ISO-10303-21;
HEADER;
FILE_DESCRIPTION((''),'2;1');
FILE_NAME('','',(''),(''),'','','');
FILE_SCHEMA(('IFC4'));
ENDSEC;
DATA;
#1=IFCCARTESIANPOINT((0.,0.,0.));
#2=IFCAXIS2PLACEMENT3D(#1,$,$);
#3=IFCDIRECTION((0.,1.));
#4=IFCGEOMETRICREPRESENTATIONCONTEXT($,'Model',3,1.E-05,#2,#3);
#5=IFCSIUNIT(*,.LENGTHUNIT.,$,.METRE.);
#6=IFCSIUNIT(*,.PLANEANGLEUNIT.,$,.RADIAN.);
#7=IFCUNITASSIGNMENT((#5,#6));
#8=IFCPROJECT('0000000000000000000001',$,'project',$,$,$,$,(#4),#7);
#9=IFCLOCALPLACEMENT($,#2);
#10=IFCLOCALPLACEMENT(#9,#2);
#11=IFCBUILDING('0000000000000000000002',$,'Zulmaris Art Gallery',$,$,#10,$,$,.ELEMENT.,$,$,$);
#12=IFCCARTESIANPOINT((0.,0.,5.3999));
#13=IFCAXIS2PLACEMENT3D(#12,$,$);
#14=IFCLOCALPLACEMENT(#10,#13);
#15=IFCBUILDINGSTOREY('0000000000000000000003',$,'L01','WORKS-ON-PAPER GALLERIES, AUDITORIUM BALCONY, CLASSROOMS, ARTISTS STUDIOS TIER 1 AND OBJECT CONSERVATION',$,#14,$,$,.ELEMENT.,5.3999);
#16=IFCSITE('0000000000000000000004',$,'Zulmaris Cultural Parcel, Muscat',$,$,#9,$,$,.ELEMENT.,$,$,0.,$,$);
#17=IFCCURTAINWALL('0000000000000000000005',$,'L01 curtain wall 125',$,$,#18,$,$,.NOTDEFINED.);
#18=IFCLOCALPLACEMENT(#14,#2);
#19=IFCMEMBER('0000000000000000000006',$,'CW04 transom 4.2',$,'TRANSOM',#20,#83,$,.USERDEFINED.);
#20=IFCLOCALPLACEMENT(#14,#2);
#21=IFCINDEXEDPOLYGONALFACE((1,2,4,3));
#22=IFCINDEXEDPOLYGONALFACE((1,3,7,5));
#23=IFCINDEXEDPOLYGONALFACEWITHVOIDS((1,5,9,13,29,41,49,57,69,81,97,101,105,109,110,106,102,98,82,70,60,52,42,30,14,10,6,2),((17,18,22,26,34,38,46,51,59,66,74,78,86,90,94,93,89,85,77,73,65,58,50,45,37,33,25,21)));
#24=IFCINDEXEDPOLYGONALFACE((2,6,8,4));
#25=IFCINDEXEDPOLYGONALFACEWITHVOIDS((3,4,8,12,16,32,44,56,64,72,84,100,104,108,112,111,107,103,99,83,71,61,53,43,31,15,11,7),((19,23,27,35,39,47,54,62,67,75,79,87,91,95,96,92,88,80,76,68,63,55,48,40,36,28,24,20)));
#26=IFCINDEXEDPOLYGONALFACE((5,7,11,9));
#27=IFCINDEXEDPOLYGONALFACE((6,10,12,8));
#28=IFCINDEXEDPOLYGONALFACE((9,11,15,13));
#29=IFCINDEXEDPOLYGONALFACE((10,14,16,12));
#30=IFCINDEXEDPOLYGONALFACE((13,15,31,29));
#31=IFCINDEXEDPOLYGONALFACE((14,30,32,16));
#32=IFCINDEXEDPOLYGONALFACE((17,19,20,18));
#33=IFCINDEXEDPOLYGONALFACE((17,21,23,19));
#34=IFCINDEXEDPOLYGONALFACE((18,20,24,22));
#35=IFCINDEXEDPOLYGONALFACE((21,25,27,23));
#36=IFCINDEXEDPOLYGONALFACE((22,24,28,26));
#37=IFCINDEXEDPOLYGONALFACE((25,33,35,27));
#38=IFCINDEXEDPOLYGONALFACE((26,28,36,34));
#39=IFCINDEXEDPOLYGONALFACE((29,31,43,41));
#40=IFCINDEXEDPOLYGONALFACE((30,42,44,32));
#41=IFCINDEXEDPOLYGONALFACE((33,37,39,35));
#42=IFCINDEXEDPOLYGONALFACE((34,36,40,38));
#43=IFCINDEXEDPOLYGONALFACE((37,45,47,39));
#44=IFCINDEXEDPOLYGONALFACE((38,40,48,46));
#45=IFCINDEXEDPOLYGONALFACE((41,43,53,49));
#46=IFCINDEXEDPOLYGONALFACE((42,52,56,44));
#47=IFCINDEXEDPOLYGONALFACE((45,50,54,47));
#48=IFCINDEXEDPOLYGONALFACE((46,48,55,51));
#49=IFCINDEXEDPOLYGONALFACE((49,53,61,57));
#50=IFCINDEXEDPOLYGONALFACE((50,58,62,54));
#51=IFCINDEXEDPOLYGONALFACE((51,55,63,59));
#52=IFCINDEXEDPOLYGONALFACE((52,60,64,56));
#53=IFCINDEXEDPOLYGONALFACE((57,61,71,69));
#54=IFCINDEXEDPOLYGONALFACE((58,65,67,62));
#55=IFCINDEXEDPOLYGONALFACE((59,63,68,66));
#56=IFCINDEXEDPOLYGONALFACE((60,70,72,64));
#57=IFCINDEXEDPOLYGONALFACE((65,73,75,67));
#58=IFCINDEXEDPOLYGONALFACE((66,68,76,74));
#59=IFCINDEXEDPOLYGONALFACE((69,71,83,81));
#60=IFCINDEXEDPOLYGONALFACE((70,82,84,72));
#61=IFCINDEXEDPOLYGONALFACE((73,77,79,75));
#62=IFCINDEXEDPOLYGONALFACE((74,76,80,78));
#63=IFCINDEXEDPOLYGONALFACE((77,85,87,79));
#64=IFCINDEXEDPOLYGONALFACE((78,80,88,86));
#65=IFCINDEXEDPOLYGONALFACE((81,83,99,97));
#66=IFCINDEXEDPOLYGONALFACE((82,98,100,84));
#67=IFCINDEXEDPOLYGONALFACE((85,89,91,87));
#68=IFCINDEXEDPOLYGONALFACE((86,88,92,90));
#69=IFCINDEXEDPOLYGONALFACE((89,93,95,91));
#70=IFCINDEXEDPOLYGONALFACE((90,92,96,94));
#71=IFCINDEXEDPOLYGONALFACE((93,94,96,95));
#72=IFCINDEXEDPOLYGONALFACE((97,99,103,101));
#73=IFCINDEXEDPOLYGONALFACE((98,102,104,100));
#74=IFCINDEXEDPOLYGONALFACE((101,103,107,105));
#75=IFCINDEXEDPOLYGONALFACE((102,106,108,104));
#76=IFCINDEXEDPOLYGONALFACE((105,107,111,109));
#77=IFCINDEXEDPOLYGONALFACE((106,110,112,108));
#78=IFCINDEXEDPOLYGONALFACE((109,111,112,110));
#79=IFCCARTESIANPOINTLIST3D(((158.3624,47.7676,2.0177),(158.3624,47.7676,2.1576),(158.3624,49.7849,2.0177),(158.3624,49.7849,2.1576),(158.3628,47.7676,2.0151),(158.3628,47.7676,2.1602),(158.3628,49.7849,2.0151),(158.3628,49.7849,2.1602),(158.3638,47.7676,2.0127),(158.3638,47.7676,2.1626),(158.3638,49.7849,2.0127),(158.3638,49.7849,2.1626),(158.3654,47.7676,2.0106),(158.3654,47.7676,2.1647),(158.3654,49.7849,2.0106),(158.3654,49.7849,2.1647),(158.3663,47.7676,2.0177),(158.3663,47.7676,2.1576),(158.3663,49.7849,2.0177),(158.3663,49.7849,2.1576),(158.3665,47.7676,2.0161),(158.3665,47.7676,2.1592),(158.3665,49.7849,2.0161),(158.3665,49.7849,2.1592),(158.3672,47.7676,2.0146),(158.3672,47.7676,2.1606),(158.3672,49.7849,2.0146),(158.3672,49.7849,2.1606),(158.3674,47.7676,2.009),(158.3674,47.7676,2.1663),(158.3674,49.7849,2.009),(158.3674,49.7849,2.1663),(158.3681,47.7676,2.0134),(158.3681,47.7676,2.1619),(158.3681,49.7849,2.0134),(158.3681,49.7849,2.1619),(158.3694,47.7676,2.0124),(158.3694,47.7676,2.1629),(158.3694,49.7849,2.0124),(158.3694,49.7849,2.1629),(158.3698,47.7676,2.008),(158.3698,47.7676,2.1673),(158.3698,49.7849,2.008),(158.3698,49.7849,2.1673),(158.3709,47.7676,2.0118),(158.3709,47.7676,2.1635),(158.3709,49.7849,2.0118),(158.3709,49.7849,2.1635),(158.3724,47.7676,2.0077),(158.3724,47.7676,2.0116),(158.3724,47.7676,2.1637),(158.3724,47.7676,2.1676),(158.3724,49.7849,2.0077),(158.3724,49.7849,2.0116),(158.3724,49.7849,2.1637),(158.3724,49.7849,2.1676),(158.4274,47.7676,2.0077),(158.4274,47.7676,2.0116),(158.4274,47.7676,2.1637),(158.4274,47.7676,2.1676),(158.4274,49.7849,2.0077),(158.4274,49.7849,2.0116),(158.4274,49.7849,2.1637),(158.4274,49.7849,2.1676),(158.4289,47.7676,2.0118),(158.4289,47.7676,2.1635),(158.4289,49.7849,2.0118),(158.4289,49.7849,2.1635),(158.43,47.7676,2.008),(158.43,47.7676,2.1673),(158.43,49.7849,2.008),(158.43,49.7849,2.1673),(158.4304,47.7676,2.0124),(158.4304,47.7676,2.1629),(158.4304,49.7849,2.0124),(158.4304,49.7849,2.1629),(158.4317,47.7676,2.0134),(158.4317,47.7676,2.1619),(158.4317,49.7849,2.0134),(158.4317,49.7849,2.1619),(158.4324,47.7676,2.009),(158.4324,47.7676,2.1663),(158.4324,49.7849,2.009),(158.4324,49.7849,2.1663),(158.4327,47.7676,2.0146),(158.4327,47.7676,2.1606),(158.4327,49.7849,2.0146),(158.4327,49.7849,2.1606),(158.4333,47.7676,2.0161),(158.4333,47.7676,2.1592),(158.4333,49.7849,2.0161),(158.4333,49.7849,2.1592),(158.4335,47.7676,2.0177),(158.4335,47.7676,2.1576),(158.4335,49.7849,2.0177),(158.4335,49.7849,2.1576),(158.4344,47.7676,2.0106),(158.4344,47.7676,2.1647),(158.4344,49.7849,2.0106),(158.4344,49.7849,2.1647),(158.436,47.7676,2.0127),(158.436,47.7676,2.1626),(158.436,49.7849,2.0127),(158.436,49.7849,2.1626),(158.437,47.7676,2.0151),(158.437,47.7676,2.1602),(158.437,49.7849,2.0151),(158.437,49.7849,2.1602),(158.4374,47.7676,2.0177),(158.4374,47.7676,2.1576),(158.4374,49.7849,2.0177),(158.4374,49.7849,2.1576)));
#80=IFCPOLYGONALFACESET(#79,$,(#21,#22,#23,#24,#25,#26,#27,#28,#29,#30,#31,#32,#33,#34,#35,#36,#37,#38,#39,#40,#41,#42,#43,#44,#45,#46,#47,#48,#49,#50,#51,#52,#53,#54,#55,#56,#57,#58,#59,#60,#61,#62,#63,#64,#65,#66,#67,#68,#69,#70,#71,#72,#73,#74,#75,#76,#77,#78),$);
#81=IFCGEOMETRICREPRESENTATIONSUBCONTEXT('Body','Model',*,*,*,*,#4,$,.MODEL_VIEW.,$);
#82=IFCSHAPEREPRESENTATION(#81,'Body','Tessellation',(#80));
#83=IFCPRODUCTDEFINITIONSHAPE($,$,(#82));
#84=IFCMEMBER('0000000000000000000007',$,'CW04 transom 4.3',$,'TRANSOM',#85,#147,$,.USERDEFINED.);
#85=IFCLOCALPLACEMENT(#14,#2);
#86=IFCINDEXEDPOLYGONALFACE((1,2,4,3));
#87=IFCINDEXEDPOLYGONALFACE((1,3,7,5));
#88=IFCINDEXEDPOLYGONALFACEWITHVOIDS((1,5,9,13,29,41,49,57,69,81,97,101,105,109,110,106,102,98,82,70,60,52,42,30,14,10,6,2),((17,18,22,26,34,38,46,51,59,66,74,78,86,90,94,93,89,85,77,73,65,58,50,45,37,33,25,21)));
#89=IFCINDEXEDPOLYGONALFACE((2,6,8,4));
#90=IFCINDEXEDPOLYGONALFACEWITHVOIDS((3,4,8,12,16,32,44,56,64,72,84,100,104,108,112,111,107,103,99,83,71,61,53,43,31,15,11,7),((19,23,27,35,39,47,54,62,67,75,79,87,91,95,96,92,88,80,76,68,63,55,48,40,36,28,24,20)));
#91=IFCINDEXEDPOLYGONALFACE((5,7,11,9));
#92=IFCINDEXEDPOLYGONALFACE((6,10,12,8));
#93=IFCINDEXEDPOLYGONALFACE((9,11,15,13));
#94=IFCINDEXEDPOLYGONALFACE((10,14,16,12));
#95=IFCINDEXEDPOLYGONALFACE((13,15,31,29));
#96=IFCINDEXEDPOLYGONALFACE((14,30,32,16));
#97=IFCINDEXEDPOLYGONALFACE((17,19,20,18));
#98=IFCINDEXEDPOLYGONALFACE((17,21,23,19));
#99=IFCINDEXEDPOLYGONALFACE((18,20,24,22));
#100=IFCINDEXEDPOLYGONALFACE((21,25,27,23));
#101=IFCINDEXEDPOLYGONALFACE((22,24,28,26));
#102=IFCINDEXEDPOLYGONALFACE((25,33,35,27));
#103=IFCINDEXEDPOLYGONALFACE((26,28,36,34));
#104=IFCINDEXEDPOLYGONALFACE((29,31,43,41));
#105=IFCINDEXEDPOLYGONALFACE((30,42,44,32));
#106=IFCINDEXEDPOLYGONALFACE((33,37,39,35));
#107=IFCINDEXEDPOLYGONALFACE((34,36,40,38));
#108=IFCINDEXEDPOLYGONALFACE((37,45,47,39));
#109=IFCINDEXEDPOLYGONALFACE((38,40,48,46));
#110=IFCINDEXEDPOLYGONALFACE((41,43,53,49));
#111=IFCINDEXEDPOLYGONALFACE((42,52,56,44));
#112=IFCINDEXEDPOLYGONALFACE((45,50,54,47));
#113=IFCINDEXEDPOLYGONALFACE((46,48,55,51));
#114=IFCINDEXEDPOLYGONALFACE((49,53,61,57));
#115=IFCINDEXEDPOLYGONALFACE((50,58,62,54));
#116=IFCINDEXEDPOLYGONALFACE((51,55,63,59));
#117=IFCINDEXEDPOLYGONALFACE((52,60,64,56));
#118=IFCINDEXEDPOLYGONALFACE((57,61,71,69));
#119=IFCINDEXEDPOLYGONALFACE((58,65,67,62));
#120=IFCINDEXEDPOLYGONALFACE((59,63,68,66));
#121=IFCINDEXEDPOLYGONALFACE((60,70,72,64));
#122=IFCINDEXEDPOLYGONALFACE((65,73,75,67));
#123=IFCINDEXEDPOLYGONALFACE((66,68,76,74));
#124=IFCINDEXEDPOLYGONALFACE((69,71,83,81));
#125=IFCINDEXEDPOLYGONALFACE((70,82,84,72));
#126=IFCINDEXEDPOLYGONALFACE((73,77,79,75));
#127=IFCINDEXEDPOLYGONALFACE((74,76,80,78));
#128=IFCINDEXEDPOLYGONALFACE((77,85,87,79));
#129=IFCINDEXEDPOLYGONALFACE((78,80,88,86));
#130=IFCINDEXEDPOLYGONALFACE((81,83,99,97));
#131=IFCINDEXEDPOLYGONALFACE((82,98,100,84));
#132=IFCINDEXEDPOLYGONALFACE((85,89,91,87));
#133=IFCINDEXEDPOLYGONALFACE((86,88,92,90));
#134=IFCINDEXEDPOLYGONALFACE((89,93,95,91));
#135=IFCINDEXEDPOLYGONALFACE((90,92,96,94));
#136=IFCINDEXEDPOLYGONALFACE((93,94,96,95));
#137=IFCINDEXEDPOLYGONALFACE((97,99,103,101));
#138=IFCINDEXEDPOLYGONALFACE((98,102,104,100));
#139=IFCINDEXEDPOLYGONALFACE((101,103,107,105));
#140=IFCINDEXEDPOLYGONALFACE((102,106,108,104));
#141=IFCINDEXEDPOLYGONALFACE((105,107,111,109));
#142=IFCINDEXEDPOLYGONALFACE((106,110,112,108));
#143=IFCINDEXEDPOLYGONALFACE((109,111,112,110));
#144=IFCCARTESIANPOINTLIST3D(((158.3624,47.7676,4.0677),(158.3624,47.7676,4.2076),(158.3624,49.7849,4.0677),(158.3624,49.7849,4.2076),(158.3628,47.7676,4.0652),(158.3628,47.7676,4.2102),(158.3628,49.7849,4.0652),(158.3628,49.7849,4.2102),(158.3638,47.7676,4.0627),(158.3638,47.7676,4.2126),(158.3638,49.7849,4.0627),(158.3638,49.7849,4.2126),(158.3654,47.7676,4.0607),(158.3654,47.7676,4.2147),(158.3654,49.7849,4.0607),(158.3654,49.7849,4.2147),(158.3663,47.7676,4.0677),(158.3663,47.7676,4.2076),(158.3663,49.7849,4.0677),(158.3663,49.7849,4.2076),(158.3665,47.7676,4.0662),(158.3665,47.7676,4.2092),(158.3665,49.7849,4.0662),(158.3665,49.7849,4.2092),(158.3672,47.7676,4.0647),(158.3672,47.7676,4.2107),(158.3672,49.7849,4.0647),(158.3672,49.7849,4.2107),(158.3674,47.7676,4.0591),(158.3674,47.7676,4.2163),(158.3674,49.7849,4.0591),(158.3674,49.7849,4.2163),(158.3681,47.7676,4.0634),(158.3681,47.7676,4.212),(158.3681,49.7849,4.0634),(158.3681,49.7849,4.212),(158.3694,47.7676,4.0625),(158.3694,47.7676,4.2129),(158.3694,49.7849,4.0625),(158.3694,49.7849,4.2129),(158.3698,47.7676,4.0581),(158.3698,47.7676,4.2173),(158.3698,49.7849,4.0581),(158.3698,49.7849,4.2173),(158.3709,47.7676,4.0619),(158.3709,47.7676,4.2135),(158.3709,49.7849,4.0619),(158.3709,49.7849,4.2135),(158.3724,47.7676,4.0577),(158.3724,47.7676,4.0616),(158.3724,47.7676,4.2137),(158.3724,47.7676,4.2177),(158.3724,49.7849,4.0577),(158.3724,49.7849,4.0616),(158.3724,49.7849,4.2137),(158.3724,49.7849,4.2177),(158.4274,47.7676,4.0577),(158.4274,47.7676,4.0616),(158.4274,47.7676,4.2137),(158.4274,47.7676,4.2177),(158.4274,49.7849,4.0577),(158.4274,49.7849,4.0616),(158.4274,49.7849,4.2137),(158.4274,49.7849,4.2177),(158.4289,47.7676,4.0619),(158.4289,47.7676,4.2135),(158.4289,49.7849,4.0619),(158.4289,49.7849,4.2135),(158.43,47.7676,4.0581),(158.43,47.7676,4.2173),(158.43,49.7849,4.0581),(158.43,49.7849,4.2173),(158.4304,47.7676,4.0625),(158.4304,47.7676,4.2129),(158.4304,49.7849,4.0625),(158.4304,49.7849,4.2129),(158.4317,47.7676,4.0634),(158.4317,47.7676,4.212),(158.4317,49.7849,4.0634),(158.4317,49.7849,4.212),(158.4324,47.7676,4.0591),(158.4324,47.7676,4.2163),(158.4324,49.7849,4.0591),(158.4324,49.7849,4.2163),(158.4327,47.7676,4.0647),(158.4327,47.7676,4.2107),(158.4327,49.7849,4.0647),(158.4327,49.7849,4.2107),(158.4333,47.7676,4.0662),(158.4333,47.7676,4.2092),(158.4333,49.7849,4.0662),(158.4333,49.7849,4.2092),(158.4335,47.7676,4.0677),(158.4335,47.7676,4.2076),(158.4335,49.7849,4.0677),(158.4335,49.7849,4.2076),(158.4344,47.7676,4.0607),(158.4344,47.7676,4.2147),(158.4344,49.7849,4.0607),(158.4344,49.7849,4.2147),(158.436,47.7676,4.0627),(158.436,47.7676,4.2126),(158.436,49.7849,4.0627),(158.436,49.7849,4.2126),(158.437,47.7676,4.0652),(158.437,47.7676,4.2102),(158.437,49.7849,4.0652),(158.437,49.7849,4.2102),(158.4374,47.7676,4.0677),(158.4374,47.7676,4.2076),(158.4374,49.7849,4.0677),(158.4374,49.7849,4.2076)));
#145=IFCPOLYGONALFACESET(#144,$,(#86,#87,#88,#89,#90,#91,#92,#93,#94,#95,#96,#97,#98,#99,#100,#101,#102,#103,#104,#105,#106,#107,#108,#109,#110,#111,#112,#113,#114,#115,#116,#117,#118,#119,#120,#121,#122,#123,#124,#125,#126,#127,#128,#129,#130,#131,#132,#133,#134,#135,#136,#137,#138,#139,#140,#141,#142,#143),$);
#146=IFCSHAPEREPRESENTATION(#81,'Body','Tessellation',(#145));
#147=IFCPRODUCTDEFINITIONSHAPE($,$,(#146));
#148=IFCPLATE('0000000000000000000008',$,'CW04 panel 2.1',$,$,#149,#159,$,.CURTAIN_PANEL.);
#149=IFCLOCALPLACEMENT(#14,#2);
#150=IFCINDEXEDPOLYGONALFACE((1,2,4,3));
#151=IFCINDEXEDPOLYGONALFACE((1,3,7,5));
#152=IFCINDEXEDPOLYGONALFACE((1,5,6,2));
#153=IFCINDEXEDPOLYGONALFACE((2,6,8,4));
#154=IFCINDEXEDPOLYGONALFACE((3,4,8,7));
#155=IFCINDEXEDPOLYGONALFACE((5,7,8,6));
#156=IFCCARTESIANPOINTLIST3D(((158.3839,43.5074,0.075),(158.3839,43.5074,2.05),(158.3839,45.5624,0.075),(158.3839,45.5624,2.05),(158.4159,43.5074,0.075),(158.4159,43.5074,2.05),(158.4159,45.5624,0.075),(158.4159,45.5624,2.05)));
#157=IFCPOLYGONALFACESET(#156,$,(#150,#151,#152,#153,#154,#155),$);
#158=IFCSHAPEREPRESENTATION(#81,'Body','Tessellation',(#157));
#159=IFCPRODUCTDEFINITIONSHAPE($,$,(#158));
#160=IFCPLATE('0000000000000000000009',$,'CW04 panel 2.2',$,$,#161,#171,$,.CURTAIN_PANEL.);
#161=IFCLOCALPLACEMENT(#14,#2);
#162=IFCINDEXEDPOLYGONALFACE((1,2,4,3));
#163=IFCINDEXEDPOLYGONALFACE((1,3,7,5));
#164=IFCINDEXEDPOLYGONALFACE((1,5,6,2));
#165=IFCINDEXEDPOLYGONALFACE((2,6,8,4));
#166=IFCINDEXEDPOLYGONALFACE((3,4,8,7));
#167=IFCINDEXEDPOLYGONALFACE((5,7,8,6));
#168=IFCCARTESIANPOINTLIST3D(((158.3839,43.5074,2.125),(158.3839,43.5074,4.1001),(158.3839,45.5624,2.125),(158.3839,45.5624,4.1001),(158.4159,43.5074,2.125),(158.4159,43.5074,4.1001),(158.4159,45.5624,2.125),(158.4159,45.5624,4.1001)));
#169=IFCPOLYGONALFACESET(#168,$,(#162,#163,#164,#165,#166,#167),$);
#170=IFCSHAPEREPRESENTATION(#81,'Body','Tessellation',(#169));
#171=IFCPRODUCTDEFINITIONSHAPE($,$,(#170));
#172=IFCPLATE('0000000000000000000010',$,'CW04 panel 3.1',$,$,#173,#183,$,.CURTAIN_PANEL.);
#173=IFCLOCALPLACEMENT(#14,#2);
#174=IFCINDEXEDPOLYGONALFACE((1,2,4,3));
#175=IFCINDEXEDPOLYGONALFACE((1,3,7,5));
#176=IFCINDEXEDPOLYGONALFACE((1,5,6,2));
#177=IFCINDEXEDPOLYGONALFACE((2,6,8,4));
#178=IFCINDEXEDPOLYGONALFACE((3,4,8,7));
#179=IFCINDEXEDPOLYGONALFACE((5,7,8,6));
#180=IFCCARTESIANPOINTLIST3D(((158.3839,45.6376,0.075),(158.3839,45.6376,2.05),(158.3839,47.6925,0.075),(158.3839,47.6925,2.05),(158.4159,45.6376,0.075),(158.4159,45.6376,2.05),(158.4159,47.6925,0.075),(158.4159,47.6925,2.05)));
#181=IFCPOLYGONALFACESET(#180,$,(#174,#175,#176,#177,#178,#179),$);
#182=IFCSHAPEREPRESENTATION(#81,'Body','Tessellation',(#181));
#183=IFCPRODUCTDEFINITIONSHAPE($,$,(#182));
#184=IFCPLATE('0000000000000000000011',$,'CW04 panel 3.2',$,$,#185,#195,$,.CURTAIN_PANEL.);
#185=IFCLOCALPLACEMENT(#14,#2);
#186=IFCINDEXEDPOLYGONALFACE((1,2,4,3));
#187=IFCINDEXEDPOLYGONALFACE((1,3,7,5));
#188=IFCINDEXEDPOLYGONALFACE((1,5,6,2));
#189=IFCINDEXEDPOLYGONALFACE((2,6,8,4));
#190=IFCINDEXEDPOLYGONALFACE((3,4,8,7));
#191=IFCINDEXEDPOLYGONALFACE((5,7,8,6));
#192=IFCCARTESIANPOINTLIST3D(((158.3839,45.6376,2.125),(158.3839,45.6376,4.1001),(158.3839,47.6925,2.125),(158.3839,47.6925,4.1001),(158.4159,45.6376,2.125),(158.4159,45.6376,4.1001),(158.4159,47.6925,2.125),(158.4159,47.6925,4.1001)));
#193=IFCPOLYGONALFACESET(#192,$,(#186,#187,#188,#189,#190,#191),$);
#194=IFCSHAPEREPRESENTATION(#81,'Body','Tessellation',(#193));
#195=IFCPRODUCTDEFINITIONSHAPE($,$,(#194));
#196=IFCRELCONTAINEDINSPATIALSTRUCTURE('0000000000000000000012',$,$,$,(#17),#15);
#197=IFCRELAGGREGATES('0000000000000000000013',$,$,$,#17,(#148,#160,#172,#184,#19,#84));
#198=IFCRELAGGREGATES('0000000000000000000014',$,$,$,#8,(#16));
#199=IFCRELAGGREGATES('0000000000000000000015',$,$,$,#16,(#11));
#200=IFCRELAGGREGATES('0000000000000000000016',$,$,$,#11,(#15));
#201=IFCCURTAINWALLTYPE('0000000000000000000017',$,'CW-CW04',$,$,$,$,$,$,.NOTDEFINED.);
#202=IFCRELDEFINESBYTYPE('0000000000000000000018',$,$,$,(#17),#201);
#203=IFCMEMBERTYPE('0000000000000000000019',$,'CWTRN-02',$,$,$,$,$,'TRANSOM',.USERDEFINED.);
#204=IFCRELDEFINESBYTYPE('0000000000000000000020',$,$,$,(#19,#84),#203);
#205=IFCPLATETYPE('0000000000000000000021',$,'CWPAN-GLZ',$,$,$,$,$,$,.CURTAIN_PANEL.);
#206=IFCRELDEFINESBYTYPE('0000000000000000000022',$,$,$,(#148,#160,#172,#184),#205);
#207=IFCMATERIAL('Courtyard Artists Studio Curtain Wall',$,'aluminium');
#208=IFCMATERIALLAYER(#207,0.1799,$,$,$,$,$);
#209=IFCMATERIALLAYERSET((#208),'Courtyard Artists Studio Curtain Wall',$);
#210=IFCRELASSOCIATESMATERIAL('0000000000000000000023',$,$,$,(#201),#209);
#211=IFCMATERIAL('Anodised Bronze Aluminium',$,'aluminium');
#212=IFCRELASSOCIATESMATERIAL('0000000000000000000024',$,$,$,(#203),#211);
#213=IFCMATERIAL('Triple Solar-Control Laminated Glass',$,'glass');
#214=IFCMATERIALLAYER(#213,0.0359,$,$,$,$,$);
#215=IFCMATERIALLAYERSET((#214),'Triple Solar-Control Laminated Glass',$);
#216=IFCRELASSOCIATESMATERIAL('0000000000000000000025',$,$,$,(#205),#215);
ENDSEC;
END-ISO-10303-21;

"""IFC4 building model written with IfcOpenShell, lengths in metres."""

from ifc_helpers import new_model, si_unit, direction, frame, origin, origin_2d, place, context, subcontext, project, spatial, rectangle, hollow_rectangle, extrude, material, layer, layer_set, material_profile, profile_set, type_object, element, aggregate, save


model = new_model("IFC4")

# Units and contexts
model_context = context("Model", 3, precision=1e-05, world=origin(), true_north=direction((0.0, 1.0)))
body_context = subcontext(model_context, "Body", "Model", "MODEL_VIEW")
ifc_project = project(units=[si_unit("LENGTHUNIT", "METRE"), si_unit("PLANEANGLEUNIT", "RADIAN")], contexts=[model_context])

# Site, building, storey
site_placement = place(None, origin())
site = spatial("IfcSite", under=ifc_project, at=site_placement, Name="Zulmaris Cultural Parcel, Muscat", CompositionType="ELEMENT", RefElevation=0.0)
building_placement = place(site_placement, origin())
building = spatial("IfcBuilding", under=site, at=building_placement, Name="Zulmaris Art Gallery", CompositionType="ELEMENT")
storey_placement = place(building_placement, frame((0.0, 0.0, 5.3999)))
storey = spatial("IfcBuildingStorey", under=building, at=storey_placement, Name="L01", Description="WORKS-ON-PAPER GALLERIES, AUDITORIUM BALCONY, CLASSROOMS, ARTISTS STUDIOS TIER 1 AND OBJECT CONSERVATION", CompositionType="ELEMENT", Elevation=5.3999)

# Curtain wall
ifc_material_1 = material(Name="Courtyard Artists Studio Curtain Wall", Category="aluminium")
ifc_layer_1 = layer(ifc_material_1, 0.1799)
ifc_layer_set_1 = layer_set([ifc_layer_1], Name="Courtyard Artists Studio Curtain Wall")
curtain_wall_type = type_object("IfcCurtainWallType", Name="CW-CW04", PredefinedType="NOTDEFINED", material=ifc_layer_set_1)
curtain_wall_1_placement = place(storey_placement, origin())
curtain_wall_1 = element("IfcCurtainWall", 1, at=curtain_wall_1_placement, inside=storey, type_object=curtain_wall_type, Name="L01 curtain wall 125", PredefinedType="NOTDEFINED")
ifc_material_2 = material(Name="Anodised Bronze Aluminium", Category="aluminium")

# Members
ifc_material_profile_1 = material_profile(ifc_material_2, hollow_rectangle(XDim=0.075, YDim=0.1599, WallThickness=0.0039, InnerFilletRadius=0.0061, OuterFilletRadius=0.01, at=origin_2d()), Name="ALU 75x160x4")
ifc_profile_set_1 = profile_set([ifc_material_profile_1], Name="Anodised Bronze Aluminium")
member_type_1 = type_object("IfcMemberType", Name="CWTRN-02", ElementType="TRANSOM", PredefinedType="USERDEFINED", material=ifc_profile_set_1)
member_1_placement = place(storey_placement, frame((158.3999, 47.7676, 2.0876), z_axis=(0.0, 1.0, 0.0), x_axis=(-1.0, 0.0, 0.0)))
member_1 = element("IfcMember", 2, at=member_1_placement, type_object=member_type_1, Name="CW04 transom 4.2", ObjectType="TRANSOM", PredefinedType="USERDEFINED", context=body_context, shape_type="SweptSolid", body=[
    extrude(hollow_rectangle(XDim=0.075, YDim=0.1599, WallThickness=0.0039, InnerFilletRadius=0.0061, OuterFilletRadius=0.01, at=origin_2d()), origin(), (0.0, 0.0, 1.0), 2.0173),
])
member_2_placement = place(storey_placement, frame((158.3999, 47.7676, 4.1377), z_axis=(0.0, 1.0, 0.0), x_axis=(-1.0, 0.0, 0.0)))
member_2 = element("IfcMember", 3, at=member_2_placement, type_object=member_type_1, Name="CW04 transom 4.3", ObjectType="TRANSOM", PredefinedType="USERDEFINED", context=body_context, shape_type="SweptSolid", body=[
    extrude(hollow_rectangle(XDim=0.075, YDim=0.1599, WallThickness=0.0039, InnerFilletRadius=0.0061, OuterFilletRadius=0.01, at=origin_2d()), origin(), (0.0, 0.0, 1.0), 2.0173),
])

# Plates
ifc_material_3 = material(Name="Triple Solar-Control Laminated Glass", Category="glass")
ifc_layer_2 = layer(ifc_material_3, 0.0359)
ifc_layer_set_2 = layer_set([ifc_layer_2], Name="Triple Solar-Control Laminated Glass")
plate_type = type_object("IfcPlateType", Name="CWPAN-GLZ", PredefinedType="CURTAIN_PANEL", material=ifc_layer_set_2)
plate_1_placement = place(storey_placement, frame((158.3999, 44.5349, 0.075), z_axis=(0.0, 0.0, 1.0), x_axis=(0.0, 1.0, 0.0)))
plate_1 = element("IfcPlate", 4, at=plate_1_placement, type_object=plate_type, Name="CW04 panel 2.1", PredefinedType="CURTAIN_PANEL", context=body_context, shape_type="SweptSolid", body=[
    extrude(rectangle(XDim=2.0549, YDim=0.032, at=origin_2d()), origin(), (0.0, 0.0, 1.0), 1.9751),
])
plate_2_placement = place(storey_placement, frame((158.3999, 44.5349, 2.125), z_axis=(0.0, 0.0, 1.0), x_axis=(0.0, 1.0, 0.0)))
plate_2 = element("IfcPlate", 5, at=plate_2_placement, type_object=plate_type, Name="CW04 panel 2.2", PredefinedType="CURTAIN_PANEL", context=body_context, shape_type="SweptSolid", body=[
    extrude(rectangle(XDim=2.0549, YDim=0.032, at=origin_2d()), origin(), (0.0, 0.0, 1.0), 1.9751),
])
plate_3_placement = place(storey_placement, frame((158.3999, 46.665, 0.075), z_axis=(0.0, 0.0, 1.0), x_axis=(0.0, 1.0, 0.0)))
plate_3 = element("IfcPlate", 6, at=plate_3_placement, type_object=plate_type, Name="CW04 panel 3.1", PredefinedType="CURTAIN_PANEL", context=body_context, shape_type="SweptSolid", body=[
    extrude(rectangle(XDim=2.0549, YDim=0.032, at=origin_2d()), origin(), (0.0, 0.0, 1.0), 1.9751),
])
plate_4_placement = place(storey_placement, frame((158.3999, 46.665, 2.125), z_axis=(0.0, 0.0, 1.0), x_axis=(0.0, 1.0, 0.0)))
plate_4 = element("IfcPlate", 7, at=plate_4_placement, type_object=plate_type, Name="CW04 panel 3.2", PredefinedType="CURTAIN_PANEL", context=body_context, shape_type="SweptSolid", body=[
    extrude(rectangle(XDim=2.0549, YDim=0.032, at=origin_2d()), origin(), (0.0, 0.0, 1.0), 1.9751),
])
aggregate(curtain_wall_1, [plate_1, plate_2, plate_3, plate_4, member_1, member_2])

save(model, "model.ifc")
